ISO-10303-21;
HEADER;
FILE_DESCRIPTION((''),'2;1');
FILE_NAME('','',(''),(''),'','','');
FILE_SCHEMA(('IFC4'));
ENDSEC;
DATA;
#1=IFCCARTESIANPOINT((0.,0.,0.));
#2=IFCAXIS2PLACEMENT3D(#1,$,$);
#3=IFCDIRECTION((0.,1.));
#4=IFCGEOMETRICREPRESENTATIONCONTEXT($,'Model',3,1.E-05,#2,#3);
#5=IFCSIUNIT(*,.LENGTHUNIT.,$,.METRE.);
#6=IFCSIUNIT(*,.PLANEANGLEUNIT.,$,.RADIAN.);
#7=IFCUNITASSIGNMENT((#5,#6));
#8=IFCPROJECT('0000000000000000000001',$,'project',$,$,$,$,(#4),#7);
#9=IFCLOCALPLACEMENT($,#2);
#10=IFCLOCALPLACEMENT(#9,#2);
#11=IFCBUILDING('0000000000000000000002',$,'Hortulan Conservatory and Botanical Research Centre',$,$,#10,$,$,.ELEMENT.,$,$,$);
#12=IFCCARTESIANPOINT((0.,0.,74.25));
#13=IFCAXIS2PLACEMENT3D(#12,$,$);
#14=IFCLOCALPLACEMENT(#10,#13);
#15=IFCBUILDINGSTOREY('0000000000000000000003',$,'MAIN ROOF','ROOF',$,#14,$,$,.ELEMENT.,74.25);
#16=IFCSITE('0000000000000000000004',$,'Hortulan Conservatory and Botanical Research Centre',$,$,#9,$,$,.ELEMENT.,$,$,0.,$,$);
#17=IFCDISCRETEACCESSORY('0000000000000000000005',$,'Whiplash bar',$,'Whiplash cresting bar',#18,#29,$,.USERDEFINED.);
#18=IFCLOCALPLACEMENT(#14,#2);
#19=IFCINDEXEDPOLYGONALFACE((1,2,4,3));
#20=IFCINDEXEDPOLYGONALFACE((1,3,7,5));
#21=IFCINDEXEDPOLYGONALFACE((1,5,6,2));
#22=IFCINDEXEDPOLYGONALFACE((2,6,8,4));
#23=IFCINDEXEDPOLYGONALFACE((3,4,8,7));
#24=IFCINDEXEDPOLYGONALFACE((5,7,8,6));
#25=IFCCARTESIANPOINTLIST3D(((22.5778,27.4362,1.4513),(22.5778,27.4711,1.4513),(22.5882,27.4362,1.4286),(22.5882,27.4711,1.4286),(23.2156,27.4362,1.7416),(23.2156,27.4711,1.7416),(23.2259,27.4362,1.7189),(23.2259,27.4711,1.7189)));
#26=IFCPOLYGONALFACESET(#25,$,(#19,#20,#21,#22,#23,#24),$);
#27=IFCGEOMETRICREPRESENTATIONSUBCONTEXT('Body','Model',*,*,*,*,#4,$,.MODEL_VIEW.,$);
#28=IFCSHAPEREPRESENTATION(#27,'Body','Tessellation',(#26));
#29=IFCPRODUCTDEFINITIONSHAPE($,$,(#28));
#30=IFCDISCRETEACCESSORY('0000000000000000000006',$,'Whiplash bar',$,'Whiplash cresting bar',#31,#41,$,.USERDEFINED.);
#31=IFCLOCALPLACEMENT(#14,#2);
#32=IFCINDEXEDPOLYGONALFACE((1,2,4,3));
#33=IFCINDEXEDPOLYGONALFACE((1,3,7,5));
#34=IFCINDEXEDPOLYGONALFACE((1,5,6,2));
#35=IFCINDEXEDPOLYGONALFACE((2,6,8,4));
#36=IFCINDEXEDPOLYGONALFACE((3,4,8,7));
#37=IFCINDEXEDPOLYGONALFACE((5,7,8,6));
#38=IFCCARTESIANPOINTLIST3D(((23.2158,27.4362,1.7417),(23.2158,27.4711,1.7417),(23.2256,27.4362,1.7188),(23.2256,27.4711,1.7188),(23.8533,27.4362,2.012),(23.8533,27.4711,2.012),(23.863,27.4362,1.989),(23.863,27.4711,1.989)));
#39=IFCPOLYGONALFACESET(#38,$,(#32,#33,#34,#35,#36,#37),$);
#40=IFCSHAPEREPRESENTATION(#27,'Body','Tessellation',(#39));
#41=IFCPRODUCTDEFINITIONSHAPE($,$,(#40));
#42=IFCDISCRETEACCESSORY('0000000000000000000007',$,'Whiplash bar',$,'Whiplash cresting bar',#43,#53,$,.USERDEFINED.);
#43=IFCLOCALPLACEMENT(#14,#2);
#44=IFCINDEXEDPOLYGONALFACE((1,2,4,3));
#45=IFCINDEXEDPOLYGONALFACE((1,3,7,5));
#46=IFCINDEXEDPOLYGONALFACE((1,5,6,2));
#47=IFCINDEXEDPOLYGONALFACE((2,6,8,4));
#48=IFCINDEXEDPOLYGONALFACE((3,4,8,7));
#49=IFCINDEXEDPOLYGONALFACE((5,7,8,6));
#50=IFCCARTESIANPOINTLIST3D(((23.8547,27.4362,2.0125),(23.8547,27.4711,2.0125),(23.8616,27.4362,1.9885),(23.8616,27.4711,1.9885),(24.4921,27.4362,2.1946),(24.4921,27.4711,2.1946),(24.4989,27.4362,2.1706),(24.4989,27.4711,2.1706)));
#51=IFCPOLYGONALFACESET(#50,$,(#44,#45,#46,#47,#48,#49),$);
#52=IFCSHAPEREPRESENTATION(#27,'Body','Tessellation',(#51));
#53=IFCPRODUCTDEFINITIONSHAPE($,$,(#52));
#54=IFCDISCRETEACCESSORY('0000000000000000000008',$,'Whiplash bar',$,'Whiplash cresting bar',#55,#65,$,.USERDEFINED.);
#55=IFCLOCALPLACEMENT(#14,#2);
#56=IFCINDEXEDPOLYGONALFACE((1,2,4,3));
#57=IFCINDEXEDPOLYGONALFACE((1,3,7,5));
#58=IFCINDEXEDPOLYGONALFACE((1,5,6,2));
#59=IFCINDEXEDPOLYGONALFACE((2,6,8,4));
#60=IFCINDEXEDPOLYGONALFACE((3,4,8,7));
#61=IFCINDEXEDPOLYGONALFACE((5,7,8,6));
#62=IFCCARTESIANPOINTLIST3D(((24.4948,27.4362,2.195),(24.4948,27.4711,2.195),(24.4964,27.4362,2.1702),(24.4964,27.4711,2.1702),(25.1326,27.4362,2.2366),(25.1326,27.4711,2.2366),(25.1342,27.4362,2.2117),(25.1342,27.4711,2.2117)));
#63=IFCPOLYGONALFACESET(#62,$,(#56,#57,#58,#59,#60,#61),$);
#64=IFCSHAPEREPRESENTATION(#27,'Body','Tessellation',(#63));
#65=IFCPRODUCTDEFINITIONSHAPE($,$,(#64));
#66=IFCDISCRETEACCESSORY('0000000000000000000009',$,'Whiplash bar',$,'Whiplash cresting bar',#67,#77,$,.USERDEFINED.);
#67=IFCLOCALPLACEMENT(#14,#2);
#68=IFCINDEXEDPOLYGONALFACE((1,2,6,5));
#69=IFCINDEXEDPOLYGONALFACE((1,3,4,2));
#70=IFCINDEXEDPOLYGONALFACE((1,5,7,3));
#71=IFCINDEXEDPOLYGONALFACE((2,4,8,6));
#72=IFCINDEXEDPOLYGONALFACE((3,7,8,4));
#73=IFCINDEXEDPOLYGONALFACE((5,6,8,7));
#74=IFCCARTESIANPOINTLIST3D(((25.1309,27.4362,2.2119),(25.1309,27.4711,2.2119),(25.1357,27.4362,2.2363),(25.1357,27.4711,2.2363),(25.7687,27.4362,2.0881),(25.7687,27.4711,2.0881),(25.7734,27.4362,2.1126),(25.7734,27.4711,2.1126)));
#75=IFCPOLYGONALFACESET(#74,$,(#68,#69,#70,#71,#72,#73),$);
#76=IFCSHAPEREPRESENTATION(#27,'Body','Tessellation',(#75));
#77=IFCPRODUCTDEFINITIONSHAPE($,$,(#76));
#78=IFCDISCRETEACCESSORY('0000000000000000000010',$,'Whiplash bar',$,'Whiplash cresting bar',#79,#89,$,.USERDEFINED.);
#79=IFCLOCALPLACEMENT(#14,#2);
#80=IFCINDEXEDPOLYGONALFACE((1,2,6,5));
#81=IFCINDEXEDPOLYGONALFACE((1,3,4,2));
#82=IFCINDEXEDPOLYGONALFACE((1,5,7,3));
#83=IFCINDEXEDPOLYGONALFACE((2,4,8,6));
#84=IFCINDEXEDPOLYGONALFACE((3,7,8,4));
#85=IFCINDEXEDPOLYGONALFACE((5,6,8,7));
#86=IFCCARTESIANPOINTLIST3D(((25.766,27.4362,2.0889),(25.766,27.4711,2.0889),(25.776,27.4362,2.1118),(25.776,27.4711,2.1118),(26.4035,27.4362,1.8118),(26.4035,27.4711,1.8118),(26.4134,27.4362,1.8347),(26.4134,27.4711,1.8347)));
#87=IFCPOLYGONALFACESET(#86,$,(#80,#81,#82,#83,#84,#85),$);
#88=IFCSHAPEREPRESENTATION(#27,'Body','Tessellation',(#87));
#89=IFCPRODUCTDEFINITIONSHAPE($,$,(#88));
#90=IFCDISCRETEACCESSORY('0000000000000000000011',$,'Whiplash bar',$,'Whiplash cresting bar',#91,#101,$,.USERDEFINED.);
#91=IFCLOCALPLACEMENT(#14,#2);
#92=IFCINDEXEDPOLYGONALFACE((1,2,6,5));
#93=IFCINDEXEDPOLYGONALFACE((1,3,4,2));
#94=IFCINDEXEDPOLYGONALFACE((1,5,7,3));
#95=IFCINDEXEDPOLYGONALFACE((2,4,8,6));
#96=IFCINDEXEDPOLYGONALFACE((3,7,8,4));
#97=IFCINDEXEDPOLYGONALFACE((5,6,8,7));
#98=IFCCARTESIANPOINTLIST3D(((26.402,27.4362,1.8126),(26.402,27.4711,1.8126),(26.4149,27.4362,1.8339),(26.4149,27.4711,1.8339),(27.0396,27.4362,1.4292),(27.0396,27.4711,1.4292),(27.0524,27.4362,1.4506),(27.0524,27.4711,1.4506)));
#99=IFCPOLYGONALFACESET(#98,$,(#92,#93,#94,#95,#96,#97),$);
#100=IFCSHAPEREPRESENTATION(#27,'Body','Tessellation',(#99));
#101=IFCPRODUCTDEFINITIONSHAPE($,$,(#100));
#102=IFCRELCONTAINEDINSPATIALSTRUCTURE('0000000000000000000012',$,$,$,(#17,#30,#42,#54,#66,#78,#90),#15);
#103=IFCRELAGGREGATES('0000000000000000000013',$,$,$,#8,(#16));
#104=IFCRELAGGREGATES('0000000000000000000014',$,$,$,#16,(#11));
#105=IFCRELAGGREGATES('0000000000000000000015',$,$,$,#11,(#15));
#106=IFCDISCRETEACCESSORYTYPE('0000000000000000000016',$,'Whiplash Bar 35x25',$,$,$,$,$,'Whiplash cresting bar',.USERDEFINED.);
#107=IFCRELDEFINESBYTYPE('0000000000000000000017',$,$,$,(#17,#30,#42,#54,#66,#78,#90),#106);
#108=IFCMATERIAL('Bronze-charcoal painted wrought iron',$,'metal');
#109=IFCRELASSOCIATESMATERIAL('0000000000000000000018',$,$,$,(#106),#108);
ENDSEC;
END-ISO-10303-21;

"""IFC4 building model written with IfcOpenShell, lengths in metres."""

from ifc_helpers import new_model, si_unit, direction, frame, origin, origin_2d, place, context, subcontext, project, spatial, rectangle, extrude, material, material_profile, profile_set, type_object, element, save


model = new_model("IFC4")

# Units and contexts
model_context = context("Model", 3, precision=1e-05, world=origin(), true_north=direction((0.0, 1.0)))
body_context = subcontext(model_context, "Body", "Model", "MODEL_VIEW")
ifc_project = project(units=[si_unit("LENGTHUNIT", "METRE"), si_unit("PLANEANGLEUNIT", "RADIAN")], contexts=[model_context])

# Site, building, storey
site_placement = place(None, origin())
site = spatial("IfcSite", under=ifc_project, at=site_placement, Name="Hortulan Conservatory and Botanical Research Centre", CompositionType="ELEMENT", RefElevation=0.0)
building_placement = place(site_placement, origin())
building = spatial("IfcBuilding", under=site, at=building_placement, Name="Hortulan Conservatory and Botanical Research Centre", CompositionType="ELEMENT")
storey_placement = place(building_placement, frame((0.0, 0.0, 74.25)))
storey = spatial("IfcBuildingStorey", under=building, at=storey_placement, Name="MAIN ROOF", Description="ROOF", CompositionType="ELEMENT", Elevation=74.25)

# Discrete accessories
ifc_material = material(Name="Bronze-charcoal painted wrought iron", Category="metal")
ifc_material_profile_1 = material_profile(ifc_material, rectangle(XDim=0.0349, YDim=0.0249, at=origin_2d()), Name="Flat bar 35x25")
ifc_profile_set_1 = profile_set([ifc_material_profile_1], Name="Bronze-charcoal painted wrought iron")
discrete_accessory_type_1 = type_object("IfcDiscreteAccessoryType", Name="Whiplash Bar 35x25", ElementType="Whiplash cresting bar", PredefinedType="USERDEFINED", material=ifc_profile_set_1)
discrete_accessory_1_placement = place(storey_placement, frame((22.583, 27.4536, 1.4399), z_axis=(0.91014, 0.0, 0.414302), x_axis=(0.0, 1.0, 0.0)))
element("IfcDiscreteAccessory", 1, at=discrete_accessory_1_placement, inside=storey, type_object=discrete_accessory_type_1, Name="Whiplash bar", ObjectType="Whiplash cresting bar", PredefinedType="USERDEFINED", context=body_context, shape_type="SweptSolid", body=[
    extrude(rectangle(XDim=0.0349, YDim=0.0249, at=origin_2d()), origin(), (0.0, 0.0, 1.0), 0.7007),
])
discrete_accessory_2_placement = place(storey_placement, frame((23.2207, 27.4536, 1.7302), z_axis=(0.92067, 0.0, 0.390342), x_axis=(0.0, 1.0, 0.0)))
element("IfcDiscreteAccessory", 2, at=discrete_accessory_2_placement, inside=storey, type_object=discrete_accessory_type_1, Name="Whiplash bar", ObjectType="Whiplash cresting bar", PredefinedType="USERDEFINED", context=body_context, shape_type="SweptSolid", body=[
    extrude(rectangle(XDim=0.0349, YDim=0.0249, at=origin_2d()), origin(), (0.0, 0.0, 1.0), 0.6924),
])
discrete_accessory_3_placement = place(storey_placement, frame((23.8582, 27.4536, 2.0005), z_axis=(0.961524, 0.0, 0.274721), x_axis=(0.0, 1.0, 0.0)))
element("IfcDiscreteAccessory", 3, at=discrete_accessory_3_placement, inside=storey, type_object=discrete_accessory_type_1, Name="Whiplash bar", ObjectType="Whiplash cresting bar", PredefinedType="USERDEFINED", context=body_context, shape_type="SweptSolid", body=[
    extrude(rectangle(XDim=0.0349, YDim=0.0249, at=origin_2d()), origin(), (0.0, 0.0, 1.0), 0.6628),
])
discrete_accessory_4_placement = place(storey_placement, frame((24.4956, 27.4536, 2.1826), z_axis=(0.997889, 0.0, 0.064947), x_axis=(0.0, 1.0, 0.0)))
element("IfcDiscreteAccessory", 4, at=discrete_accessory_4_placement, inside=storey, type_object=discrete_accessory_type_1, Name="Whiplash bar", ObjectType="Whiplash cresting bar", PredefinedType="USERDEFINED", context=body_context, shape_type="SweptSolid", body=[
    extrude(rectangle(XDim=0.0349, YDim=0.0249, at=origin_2d()), origin(), (0.0, 0.0, 1.0), 0.6392),
])
discrete_accessory_5_placement = place(storey_placement, frame((25.1333, 27.4536, 2.2241), z_axis=(0.981678, 0.0, -0.190548), x_axis=(0.0, 1.0, 0.0)))
element("IfcDiscreteAccessory", 5, at=discrete_accessory_5_placement, inside=storey, type_object=discrete_accessory_type_1, Name="Whiplash bar", ObjectType="Whiplash cresting bar", PredefinedType="USERDEFINED", context=body_context, shape_type="SweptSolid", body=[
    extrude(rectangle(XDim=0.0349, YDim=0.0249, at=origin_2d()), origin(), (0.0, 0.0, 1.0), 0.6497),
])
discrete_accessory_6_placement = place(storey_placement, frame((25.771, 27.4536, 2.1003), z_axis=(0.917098, 0.0, -0.398662), x_axis=(0.0, 1.0, 0.0)))
element("IfcDiscreteAccessory", 6, at=discrete_accessory_6_placement, inside=storey, type_object=discrete_accessory_type_1, Name="Whiplash bar", ObjectType="Whiplash cresting bar", PredefinedType="USERDEFINED", context=body_context, shape_type="SweptSolid", body=[
    extrude(rectangle(XDim=0.0349, YDim=0.0249, at=origin_2d()), origin(), (0.0, 0.0, 1.0), 0.6951),
])
discrete_accessory_7_placement = place(storey_placement, frame((26.4084, 27.4536, 1.8232), z_axis=(0.857, 0.0, -0.515316), x_axis=(0.0, 1.0, 0.0)))
element("IfcDiscreteAccessory", 7, at=discrete_accessory_7_placement, inside=storey, type_object=discrete_accessory_type_1, Name="Whiplash bar", ObjectType="Whiplash cresting bar", PredefinedType="USERDEFINED", context=body_context, shape_type="SweptSolid", body=[
    extrude(rectangle(XDim=0.0349, YDim=0.0249, at=origin_2d()), origin(), (0.0, 0.0, 1.0), 0.7439),
])

save(model, "model.ifc")
